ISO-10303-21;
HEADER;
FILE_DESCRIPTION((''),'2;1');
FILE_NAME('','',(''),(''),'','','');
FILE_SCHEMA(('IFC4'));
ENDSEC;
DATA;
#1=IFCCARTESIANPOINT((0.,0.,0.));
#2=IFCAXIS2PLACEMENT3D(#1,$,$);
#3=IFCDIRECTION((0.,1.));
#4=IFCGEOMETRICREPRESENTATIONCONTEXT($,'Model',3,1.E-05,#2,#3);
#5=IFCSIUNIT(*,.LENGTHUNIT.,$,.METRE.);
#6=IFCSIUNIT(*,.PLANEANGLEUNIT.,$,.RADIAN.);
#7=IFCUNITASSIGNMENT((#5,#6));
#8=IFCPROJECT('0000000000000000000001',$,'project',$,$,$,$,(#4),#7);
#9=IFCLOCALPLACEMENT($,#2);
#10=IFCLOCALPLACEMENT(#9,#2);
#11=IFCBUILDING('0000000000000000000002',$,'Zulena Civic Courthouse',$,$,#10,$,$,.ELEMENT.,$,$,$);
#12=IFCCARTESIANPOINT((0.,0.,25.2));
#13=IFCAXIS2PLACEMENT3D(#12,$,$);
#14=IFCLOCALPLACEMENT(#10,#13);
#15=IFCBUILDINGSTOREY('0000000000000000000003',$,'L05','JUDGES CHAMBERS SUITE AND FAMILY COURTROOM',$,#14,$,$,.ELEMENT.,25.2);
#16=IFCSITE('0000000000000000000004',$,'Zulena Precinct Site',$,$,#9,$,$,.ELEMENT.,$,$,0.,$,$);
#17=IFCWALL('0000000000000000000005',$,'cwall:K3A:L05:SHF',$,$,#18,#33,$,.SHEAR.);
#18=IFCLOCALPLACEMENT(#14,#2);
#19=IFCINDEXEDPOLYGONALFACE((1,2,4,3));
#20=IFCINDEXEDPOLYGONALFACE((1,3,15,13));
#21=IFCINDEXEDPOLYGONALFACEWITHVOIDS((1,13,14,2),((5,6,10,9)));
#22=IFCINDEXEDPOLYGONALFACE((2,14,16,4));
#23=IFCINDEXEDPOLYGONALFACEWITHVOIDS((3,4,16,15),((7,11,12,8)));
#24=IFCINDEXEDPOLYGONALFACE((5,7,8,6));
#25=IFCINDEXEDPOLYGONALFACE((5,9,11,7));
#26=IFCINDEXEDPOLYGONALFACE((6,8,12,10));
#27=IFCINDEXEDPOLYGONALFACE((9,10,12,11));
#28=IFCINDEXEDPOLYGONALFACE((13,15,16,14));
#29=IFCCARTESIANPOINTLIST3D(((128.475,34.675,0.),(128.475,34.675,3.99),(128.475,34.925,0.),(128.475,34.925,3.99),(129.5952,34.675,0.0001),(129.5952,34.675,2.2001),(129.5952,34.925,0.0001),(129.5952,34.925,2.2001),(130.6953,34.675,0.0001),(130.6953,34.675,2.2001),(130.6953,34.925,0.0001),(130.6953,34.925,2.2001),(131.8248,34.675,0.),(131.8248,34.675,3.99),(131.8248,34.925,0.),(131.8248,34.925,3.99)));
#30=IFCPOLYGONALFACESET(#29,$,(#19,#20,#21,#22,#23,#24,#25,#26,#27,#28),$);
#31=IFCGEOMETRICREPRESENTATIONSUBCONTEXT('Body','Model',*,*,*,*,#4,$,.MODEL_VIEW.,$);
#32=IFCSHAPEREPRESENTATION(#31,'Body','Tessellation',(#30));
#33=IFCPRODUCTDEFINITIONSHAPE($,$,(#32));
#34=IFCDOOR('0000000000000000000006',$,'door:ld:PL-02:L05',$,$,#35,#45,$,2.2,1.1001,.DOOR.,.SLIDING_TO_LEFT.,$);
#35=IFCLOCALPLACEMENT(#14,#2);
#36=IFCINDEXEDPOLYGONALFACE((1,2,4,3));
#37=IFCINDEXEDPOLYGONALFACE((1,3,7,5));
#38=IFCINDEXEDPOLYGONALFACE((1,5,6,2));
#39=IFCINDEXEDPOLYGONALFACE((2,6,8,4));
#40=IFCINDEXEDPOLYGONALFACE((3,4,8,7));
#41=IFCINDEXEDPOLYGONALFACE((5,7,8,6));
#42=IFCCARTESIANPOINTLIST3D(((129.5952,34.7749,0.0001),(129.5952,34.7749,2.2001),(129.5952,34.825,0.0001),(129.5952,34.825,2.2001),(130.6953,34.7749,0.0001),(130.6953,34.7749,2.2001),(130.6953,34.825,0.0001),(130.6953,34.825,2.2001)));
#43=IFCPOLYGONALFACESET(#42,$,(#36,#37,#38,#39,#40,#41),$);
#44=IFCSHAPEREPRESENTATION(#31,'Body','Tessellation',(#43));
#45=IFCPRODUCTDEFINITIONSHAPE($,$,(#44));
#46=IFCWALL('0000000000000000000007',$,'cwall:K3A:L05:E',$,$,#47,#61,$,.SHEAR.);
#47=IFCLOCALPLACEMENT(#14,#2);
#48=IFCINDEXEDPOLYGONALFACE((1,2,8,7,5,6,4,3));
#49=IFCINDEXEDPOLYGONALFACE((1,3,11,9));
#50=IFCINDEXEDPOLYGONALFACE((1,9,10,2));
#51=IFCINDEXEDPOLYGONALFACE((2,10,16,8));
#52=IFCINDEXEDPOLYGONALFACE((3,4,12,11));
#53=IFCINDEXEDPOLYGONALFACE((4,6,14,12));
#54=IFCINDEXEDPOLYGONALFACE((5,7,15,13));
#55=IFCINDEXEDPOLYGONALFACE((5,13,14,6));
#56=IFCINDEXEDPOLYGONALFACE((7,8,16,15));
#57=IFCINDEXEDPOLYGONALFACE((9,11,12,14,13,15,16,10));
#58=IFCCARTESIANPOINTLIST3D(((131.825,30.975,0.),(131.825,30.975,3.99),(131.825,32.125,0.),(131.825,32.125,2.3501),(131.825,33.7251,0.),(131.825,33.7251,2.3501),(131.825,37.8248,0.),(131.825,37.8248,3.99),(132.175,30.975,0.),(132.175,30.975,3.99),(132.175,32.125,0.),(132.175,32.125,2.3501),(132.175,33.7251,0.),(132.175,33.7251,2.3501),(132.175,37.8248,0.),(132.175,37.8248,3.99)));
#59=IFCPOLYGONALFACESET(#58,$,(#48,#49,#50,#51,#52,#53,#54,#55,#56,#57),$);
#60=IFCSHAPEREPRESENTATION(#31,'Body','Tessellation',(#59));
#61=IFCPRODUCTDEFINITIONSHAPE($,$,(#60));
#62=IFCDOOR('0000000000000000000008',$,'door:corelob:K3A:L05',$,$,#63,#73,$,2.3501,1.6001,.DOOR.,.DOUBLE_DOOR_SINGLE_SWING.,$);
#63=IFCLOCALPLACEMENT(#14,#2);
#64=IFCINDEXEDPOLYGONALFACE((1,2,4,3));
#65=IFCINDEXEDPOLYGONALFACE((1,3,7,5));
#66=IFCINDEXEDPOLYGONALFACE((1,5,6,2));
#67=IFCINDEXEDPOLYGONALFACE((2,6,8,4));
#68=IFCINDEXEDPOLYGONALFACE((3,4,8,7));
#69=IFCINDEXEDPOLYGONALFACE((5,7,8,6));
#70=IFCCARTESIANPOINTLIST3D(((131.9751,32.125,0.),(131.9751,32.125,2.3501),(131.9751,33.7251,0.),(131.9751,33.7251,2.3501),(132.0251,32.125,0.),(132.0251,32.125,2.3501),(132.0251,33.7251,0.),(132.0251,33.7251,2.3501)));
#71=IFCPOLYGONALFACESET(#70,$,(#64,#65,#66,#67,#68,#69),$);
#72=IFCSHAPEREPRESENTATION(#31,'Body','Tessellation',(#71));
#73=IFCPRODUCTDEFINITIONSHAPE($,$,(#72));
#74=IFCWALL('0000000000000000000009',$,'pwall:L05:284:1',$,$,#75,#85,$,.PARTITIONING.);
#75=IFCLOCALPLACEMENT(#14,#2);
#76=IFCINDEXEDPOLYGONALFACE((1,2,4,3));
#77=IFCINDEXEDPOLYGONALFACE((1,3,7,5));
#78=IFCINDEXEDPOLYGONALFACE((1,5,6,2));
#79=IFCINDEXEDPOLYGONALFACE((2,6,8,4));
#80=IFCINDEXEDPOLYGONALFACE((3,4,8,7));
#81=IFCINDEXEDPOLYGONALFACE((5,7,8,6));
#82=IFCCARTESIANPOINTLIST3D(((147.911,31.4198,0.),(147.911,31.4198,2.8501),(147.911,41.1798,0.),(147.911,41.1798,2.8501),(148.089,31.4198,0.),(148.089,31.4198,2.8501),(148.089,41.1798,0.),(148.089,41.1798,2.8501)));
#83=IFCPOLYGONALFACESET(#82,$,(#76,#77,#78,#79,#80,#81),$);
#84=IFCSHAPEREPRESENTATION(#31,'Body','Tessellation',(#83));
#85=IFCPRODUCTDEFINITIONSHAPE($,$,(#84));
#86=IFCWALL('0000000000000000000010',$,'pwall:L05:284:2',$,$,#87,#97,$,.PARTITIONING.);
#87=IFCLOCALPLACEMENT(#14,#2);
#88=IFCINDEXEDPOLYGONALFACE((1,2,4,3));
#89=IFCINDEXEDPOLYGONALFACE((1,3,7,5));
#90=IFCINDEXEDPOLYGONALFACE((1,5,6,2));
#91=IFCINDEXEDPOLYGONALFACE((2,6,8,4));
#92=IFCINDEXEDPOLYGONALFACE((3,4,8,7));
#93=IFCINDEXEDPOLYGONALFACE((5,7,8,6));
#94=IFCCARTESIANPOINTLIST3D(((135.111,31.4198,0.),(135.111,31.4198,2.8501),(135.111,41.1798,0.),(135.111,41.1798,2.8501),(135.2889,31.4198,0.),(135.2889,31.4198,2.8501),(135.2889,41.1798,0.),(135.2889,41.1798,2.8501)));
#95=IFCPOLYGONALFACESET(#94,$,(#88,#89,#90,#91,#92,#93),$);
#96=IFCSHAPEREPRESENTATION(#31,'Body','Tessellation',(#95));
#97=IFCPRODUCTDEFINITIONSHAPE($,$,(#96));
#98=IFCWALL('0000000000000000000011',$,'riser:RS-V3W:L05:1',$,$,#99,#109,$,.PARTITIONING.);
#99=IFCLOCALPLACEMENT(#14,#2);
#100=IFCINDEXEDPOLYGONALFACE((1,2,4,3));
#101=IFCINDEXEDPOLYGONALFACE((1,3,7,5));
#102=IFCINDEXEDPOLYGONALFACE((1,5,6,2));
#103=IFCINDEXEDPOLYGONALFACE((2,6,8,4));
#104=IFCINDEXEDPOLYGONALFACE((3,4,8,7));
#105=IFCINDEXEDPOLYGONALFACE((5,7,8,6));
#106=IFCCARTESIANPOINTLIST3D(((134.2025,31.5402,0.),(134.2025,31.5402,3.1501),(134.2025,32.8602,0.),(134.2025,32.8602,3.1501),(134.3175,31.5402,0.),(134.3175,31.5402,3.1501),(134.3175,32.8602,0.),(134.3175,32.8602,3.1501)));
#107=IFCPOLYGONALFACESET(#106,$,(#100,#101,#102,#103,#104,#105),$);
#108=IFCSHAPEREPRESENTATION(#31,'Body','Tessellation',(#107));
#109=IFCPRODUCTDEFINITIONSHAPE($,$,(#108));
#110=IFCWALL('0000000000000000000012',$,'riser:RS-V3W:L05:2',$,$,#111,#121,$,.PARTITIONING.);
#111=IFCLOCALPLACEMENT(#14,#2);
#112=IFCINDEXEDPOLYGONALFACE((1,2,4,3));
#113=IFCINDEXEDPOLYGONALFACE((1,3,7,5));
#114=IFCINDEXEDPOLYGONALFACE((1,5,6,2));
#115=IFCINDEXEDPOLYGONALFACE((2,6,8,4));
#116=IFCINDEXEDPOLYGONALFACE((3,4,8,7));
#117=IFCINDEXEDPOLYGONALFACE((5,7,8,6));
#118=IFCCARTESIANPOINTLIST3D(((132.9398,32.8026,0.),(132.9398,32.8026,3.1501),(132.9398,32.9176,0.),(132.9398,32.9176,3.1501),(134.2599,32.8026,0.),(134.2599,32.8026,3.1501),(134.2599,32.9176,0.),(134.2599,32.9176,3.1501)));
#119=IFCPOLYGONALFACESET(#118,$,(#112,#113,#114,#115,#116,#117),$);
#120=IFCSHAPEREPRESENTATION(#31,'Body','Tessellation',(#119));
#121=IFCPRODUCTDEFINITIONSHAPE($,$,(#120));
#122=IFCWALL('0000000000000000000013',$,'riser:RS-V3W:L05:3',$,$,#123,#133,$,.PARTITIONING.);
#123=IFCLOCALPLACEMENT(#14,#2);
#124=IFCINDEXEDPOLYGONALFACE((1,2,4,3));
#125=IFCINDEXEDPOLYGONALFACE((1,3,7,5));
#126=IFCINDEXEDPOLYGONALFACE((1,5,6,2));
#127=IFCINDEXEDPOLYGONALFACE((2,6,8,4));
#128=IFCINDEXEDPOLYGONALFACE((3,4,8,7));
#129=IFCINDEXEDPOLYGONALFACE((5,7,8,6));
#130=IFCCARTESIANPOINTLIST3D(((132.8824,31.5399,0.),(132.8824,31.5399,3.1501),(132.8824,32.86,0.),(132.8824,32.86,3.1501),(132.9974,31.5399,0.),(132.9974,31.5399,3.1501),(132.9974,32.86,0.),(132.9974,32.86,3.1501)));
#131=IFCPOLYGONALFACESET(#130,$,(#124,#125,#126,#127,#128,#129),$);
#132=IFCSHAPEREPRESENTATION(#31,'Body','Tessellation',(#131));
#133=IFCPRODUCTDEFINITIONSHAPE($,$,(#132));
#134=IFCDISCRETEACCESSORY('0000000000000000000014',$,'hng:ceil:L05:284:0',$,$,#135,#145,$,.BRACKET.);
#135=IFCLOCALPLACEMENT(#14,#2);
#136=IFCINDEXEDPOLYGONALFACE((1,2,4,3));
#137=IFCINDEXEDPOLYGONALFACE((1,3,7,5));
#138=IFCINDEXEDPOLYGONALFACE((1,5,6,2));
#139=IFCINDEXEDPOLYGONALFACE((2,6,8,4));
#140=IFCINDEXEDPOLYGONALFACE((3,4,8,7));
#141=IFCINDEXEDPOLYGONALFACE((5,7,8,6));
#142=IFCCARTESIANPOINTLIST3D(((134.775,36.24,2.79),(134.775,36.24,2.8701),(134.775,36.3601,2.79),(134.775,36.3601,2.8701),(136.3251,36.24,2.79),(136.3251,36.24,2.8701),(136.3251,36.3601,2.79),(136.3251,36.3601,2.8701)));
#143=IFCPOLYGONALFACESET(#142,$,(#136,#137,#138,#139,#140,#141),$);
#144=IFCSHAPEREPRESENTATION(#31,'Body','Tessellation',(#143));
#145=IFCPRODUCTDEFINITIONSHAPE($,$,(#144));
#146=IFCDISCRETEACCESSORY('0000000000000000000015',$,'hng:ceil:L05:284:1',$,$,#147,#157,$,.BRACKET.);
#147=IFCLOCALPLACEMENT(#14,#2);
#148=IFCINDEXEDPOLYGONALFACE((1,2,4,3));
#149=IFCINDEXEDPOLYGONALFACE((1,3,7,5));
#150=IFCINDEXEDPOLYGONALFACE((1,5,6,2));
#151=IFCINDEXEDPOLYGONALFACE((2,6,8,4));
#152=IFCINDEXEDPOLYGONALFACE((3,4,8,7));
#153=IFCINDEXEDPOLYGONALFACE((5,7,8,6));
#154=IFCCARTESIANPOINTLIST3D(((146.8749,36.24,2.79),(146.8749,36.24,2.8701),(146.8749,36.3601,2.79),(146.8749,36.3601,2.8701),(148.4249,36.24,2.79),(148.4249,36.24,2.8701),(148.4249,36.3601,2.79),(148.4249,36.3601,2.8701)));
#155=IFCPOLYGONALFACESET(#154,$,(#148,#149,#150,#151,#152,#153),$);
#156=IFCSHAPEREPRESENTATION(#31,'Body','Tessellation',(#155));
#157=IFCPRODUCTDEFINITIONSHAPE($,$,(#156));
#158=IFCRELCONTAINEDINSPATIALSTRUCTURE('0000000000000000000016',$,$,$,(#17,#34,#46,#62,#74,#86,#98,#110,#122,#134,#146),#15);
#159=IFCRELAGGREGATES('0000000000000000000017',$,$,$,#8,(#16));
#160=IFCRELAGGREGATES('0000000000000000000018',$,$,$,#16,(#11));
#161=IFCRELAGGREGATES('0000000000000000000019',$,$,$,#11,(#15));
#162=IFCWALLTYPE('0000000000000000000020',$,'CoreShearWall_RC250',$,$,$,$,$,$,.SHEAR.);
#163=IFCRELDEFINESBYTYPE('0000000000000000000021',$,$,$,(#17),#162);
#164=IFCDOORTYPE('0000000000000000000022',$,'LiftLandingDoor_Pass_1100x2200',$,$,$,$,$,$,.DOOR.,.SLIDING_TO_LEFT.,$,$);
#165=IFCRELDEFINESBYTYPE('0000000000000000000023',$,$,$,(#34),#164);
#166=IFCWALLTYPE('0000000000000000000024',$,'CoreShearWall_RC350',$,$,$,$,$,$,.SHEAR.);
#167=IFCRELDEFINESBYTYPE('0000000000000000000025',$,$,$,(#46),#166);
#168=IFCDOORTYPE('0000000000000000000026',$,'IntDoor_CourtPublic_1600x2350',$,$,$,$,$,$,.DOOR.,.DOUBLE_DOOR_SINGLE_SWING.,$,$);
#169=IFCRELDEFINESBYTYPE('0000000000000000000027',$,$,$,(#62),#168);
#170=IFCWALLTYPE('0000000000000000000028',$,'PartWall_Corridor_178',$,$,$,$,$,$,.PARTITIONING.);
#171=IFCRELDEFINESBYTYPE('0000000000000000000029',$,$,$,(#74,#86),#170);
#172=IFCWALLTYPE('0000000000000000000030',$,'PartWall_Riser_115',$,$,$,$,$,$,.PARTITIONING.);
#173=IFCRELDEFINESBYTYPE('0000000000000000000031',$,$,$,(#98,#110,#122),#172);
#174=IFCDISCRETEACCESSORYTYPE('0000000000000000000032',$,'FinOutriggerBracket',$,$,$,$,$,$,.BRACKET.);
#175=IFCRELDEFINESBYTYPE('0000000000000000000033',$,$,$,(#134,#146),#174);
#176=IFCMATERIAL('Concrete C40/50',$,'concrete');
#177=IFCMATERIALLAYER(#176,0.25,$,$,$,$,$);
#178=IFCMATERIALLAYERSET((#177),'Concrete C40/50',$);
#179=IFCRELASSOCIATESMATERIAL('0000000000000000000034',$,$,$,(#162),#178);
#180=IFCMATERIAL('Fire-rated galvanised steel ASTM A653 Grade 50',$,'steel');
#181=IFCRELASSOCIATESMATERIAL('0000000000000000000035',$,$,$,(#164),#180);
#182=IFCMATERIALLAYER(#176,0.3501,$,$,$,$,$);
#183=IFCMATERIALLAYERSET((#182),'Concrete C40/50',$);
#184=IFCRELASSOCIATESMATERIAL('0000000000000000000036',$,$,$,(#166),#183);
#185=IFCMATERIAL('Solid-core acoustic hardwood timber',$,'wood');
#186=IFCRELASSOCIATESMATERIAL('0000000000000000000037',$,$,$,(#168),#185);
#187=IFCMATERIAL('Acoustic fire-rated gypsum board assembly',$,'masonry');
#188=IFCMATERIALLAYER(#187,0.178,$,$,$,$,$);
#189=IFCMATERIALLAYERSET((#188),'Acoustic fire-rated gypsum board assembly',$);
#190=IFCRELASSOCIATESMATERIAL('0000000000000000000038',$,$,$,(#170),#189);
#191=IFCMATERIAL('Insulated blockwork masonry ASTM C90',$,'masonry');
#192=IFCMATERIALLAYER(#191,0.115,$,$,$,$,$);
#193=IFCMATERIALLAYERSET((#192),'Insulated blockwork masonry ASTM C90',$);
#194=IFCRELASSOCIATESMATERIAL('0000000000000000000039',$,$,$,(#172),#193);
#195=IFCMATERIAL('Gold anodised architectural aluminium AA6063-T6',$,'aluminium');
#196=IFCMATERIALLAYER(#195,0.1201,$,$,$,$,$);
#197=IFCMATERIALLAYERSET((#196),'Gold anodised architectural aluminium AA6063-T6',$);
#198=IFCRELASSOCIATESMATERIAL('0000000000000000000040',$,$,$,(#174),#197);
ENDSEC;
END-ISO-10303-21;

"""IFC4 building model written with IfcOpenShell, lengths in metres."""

from ifc_helpers import new_model, si_unit, direction, frame, frame_2d, origin, origin_2d, place, context, subcontext, project, spatial, rectangle, extrude, material, layer, layer_set, type_object, element, fill, save


model = new_model("IFC4")

# Units and contexts
model_context = context("Model", 3, precision=1e-05, world=origin(), true_north=direction((0.0, 1.0)))
body_context = subcontext(model_context, "Body", "Model", "MODEL_VIEW")
ifc_project = project(units=[si_unit("LENGTHUNIT", "METRE"), si_unit("PLANEANGLEUNIT", "RADIAN")], contexts=[model_context])

# Site, building, storey
site_placement = place(None, origin())
site = spatial("IfcSite", under=ifc_project, at=site_placement, Name="Zulena Precinct Site", CompositionType="ELEMENT", RefElevation=0.0)
building_placement = place(site_placement, origin())
building = spatial("IfcBuilding", under=site, at=building_placement, Name="Zulena Civic Courthouse", CompositionType="ELEMENT")
storey_placement = place(building_placement, frame((0.0, 0.0, 25.2)))
storey = spatial("IfcBuildingStorey", under=building, at=storey_placement, Name="L05", Description="JUDGES CHAMBERS SUITE AND FAMILY COURTROOM", CompositionType="ELEMENT", Elevation=25.2)

# Walls, openings, doors
ifc_material_1 = material(Name="Concrete C40/50", Category="concrete")
ifc_layer_1 = layer(ifc_material_1, 0.25)
ifc_layer_set_1 = layer_set([ifc_layer_1], Name="Concrete C40/50")
wall_type_1 = type_object("IfcWallType", Name="CoreShearWall_RC250", PredefinedType="SHEAR", material=ifc_layer_set_1)
ifc_material_2 = material(Name="Fire-rated galvanised steel ASTM A653 Grade 50", Category="steel")
wall_1_placement = place(storey_placement, frame((128.4751, 34.8, 0.0), z_axis=(0.0, 0.0, 1.0), x_axis=(1.0, 0.0, 0.0)))
wall_1 = element("IfcWall", 1, at=wall_1_placement, inside=storey, type_object=wall_type_1, Name="cwall:K3A:L05:SHF", PredefinedType="SHEAR", context=body_context, shape_type="SweptSolid", body=[
    extrude(rectangle(XDim=3.3499, YDim=0.25, at=frame_2d((1.6748, 0.0))), origin(), (0.0, 0.0, 1.0), 3.99),
])
opening_1_placement = place(wall_1_placement, frame((1.1201, 0.0, 0.0)))
opening_1 = element("IfcOpeningElement", 2, at=opening_1_placement, cuts=wall_1, PredefinedType="OPENING", context=body_context, shape_type="SweptSolid", body=[
    extrude(rectangle(XDim=1.1001, YDim=2.2, at=frame_2d((0.55, 1.1001))), frame((0.0, 0.135, 0.0), z_axis=(0.0, -1.0, 0.0), x_axis=(1.0, 0.0, 0.0)), (0.0, 0.0, 1.0), 0.27),
])
door_type_1 = type_object("IfcDoorType", Name="LiftLandingDoor_Pass_1100x2200", OperationType="SLIDING_TO_LEFT", PredefinedType="DOOR", material=ifc_material_2)
door_1_placement = place(opening_1_placement, origin())
door_1 = element("IfcDoor", 3, at=door_1_placement, inside=storey, type_object=door_type_1, Name="door:ld:PL-02:L05", OperationType="SLIDING_TO_LEFT", OverallHeight=2.2, OverallWidth=1.1001, PredefinedType="DOOR", context=body_context, shape_type="SweptSolid", body=[
    extrude(rectangle(XDim=1.1001, YDim=2.2, at=frame_2d((0.55, 1.1001))), frame((0.0, 0.0249, 0.0), z_axis=(0.0, -1.0, 0.0), x_axis=(1.0, 0.0, 0.0)), (0.0, 0.0, 1.0), 0.05),
])
fill(opening_1, door_1)
ifc_layer_2 = layer(ifc_material_1, 0.3501)
ifc_layer_set_2 = layer_set([ifc_layer_2], Name="Concrete C40/50")
wall_type_2 = type_object("IfcWallType", Name="CoreShearWall_RC350", PredefinedType="SHEAR", material=ifc_layer_set_2)
wall_2_placement = place(storey_placement, frame((132.0, 30.9751, 0.0), z_axis=(0.0, 0.0, 1.0), x_axis=(0.0, 1.0, 0.0)))
wall_2 = element("IfcWall", 4, at=wall_2_placement, inside=storey, type_object=wall_type_2, Name="cwall:K3A:L05:E", PredefinedType="SHEAR", context=body_context, shape_type="SweptSolid", body=[
    extrude(rectangle(XDim=6.8499, YDim=0.3501, at=frame_2d((3.4248, 0.0))), origin(), (0.0, 0.0, 1.0), 3.99),
])
opening_2_placement = place(wall_2_placement, frame((1.1499, 0.0, 0.0)))
opening_2 = element("IfcOpeningElement", 5, at=opening_2_placement, cuts=wall_2, PredefinedType="OPENING", context=body_context, shape_type="SweptSolid", body=[
    extrude(rectangle(XDim=1.6001, YDim=2.3501, at=frame_2d((0.8, 1.175))), frame((0.0, 0.1851, 0.0), z_axis=(0.0, -1.0, 0.0), x_axis=(1.0, 0.0, 0.0)), (0.0, 0.0, 1.0), 0.3701),
])
ifc_material_3 = material(Name="Solid-core acoustic hardwood timber", Category="wood")
door_type_2 = type_object("IfcDoorType", Name="IntDoor_CourtPublic_1600x2350", OperationType="DOUBLE_DOOR_SINGLE_SWING", PredefinedType="DOOR", material=ifc_material_3)
door_2_placement = place(opening_2_placement, origin())
door_2 = element("IfcDoor", 6, at=door_2_placement, inside=storey, type_object=door_type_2, Name="door:corelob:K3A:L05", OperationType="DOUBLE_DOOR_SINGLE_SWING", OverallHeight=2.3501, OverallWidth=1.6001, PredefinedType="DOOR", context=body_context, shape_type="SweptSolid", body=[
    extrude(rectangle(XDim=1.6001, YDim=2.3501, at=frame_2d((0.8, 1.175))), frame((0.0, 0.0249, 0.0), z_axis=(0.0, -1.0, 0.0), x_axis=(1.0, 0.0, 0.0)), (0.0, 0.0, 1.0), 0.05),
])
fill(opening_2, door_2)

# Walls
ifc_material_4 = material(Name="Acoustic fire-rated gypsum board assembly", Category="masonry")
ifc_layer_3 = layer(ifc_material_4, 0.178)
ifc_layer_set_3 = layer_set([ifc_layer_3], Name="Acoustic fire-rated gypsum board assembly")
wall_type_3 = type_object("IfcWallType", Name="PartWall_Corridor_178", PredefinedType="PARTITIONING", material=ifc_layer_set_3)
for number, where, z_axis, x_axis, name in (
    (7, (148.0, 31.4199, 0.0), (0.0, 0.0, 1.0), (0.0, 1.0, 0.0), "pwall:L05:284:1"),
    (8, (135.2, 31.4199, 0.0), (0.0, 0.0, 1.0), (0.0, 1.0, 0.0), "pwall:L05:284:2"),
):
    element("IfcWall", number, at=place(storey_placement, frame(where, z_axis=z_axis, x_axis=x_axis)), inside=storey, type_object=wall_type_3, Name=name, PredefinedType="PARTITIONING", context=body_context, shape_type="SweptSolid", body=[
        extrude(rectangle(XDim=9.76, YDim=0.178, at=frame_2d((4.8799, 0.0))), origin(), (0.0, 0.0, 1.0), 2.8501),
    ])
ifc_material_5 = material(Name="Insulated blockwork masonry ASTM C90", Category="masonry")
ifc_layer_4 = layer(ifc_material_5, 0.115)
ifc_layer_set_4 = layer_set([ifc_layer_4], Name="Insulated blockwork masonry ASTM C90")
wall_type_4 = type_object("IfcWallType", Name="PartWall_Riser_115", PredefinedType="PARTITIONING", material=ifc_layer_set_4)
for number, where, z_axis, x_axis, name in (
    (9, (134.26, 31.54, 0.0), (0.0, 0.0, 1.0), (0.0, 1.0, 0.0), "riser:RS-V3W:L05:1"),
    (10, (134.26, 32.8601, 0.0), (0.0, 0.0, 1.0), (-1.0, 0.0, 0.0), "riser:RS-V3W:L05:2"),
    (11, (132.9399, 32.8601, 0.0), (0.0, 0.0, 1.0), (0.0, -1.0, 0.0), "riser:RS-V3W:L05:3"),
):
    element("IfcWall", number, at=place(storey_placement, frame(where, z_axis=z_axis, x_axis=x_axis)), inside=storey, type_object=wall_type_4, Name=name, PredefinedType="PARTITIONING", context=body_context, shape_type="SweptSolid", body=[
        extrude(rectangle(XDim=1.3201, YDim=0.115, at=frame_2d((0.6602, 0.0))), origin(), (0.0, 0.0, 1.0), 3.1501),
    ])

# Discrete accessories
ifc_material_6 = material(Name="Gold anodised architectural aluminium AA6063-T6", Category="aluminium")
ifc_layer_5 = layer(ifc_material_6, 0.1201)
ifc_layer_set_5 = layer_set([ifc_layer_5], Name="Gold anodised architectural aluminium AA6063-T6")
discrete_accessory_type = type_object("IfcDiscreteAccessoryType", Name="FinOutriggerBracket", PredefinedType="BRACKET", material=ifc_layer_set_5)
for number, where, z_axis, x_axis, name in (
    (12, (135.55, 36.3, 2.79), (0.0, 0.0, 1.0), (1.0, 0.0, 0.0), "hng:ceil:L05:284:0"),
    (13, (147.6499, 36.3, 2.79), (0.0, 0.0, 1.0), (1.0, 0.0, 0.0), "hng:ceil:L05:284:1"),
):
    element("IfcDiscreteAccessory", number, at=place(storey_placement, frame(where, z_axis=z_axis, x_axis=x_axis)), inside=storey, type_object=discrete_accessory_type, Name=name, PredefinedType="BRACKET", context=body_context, shape_type="SweptSolid", body=[
        extrude(rectangle(XDim=1.55, YDim=0.1201, at=origin_2d()), origin(), (0.0, 0.0, 1.0), 0.0801),
    ])

save(model, "model.ifc")
